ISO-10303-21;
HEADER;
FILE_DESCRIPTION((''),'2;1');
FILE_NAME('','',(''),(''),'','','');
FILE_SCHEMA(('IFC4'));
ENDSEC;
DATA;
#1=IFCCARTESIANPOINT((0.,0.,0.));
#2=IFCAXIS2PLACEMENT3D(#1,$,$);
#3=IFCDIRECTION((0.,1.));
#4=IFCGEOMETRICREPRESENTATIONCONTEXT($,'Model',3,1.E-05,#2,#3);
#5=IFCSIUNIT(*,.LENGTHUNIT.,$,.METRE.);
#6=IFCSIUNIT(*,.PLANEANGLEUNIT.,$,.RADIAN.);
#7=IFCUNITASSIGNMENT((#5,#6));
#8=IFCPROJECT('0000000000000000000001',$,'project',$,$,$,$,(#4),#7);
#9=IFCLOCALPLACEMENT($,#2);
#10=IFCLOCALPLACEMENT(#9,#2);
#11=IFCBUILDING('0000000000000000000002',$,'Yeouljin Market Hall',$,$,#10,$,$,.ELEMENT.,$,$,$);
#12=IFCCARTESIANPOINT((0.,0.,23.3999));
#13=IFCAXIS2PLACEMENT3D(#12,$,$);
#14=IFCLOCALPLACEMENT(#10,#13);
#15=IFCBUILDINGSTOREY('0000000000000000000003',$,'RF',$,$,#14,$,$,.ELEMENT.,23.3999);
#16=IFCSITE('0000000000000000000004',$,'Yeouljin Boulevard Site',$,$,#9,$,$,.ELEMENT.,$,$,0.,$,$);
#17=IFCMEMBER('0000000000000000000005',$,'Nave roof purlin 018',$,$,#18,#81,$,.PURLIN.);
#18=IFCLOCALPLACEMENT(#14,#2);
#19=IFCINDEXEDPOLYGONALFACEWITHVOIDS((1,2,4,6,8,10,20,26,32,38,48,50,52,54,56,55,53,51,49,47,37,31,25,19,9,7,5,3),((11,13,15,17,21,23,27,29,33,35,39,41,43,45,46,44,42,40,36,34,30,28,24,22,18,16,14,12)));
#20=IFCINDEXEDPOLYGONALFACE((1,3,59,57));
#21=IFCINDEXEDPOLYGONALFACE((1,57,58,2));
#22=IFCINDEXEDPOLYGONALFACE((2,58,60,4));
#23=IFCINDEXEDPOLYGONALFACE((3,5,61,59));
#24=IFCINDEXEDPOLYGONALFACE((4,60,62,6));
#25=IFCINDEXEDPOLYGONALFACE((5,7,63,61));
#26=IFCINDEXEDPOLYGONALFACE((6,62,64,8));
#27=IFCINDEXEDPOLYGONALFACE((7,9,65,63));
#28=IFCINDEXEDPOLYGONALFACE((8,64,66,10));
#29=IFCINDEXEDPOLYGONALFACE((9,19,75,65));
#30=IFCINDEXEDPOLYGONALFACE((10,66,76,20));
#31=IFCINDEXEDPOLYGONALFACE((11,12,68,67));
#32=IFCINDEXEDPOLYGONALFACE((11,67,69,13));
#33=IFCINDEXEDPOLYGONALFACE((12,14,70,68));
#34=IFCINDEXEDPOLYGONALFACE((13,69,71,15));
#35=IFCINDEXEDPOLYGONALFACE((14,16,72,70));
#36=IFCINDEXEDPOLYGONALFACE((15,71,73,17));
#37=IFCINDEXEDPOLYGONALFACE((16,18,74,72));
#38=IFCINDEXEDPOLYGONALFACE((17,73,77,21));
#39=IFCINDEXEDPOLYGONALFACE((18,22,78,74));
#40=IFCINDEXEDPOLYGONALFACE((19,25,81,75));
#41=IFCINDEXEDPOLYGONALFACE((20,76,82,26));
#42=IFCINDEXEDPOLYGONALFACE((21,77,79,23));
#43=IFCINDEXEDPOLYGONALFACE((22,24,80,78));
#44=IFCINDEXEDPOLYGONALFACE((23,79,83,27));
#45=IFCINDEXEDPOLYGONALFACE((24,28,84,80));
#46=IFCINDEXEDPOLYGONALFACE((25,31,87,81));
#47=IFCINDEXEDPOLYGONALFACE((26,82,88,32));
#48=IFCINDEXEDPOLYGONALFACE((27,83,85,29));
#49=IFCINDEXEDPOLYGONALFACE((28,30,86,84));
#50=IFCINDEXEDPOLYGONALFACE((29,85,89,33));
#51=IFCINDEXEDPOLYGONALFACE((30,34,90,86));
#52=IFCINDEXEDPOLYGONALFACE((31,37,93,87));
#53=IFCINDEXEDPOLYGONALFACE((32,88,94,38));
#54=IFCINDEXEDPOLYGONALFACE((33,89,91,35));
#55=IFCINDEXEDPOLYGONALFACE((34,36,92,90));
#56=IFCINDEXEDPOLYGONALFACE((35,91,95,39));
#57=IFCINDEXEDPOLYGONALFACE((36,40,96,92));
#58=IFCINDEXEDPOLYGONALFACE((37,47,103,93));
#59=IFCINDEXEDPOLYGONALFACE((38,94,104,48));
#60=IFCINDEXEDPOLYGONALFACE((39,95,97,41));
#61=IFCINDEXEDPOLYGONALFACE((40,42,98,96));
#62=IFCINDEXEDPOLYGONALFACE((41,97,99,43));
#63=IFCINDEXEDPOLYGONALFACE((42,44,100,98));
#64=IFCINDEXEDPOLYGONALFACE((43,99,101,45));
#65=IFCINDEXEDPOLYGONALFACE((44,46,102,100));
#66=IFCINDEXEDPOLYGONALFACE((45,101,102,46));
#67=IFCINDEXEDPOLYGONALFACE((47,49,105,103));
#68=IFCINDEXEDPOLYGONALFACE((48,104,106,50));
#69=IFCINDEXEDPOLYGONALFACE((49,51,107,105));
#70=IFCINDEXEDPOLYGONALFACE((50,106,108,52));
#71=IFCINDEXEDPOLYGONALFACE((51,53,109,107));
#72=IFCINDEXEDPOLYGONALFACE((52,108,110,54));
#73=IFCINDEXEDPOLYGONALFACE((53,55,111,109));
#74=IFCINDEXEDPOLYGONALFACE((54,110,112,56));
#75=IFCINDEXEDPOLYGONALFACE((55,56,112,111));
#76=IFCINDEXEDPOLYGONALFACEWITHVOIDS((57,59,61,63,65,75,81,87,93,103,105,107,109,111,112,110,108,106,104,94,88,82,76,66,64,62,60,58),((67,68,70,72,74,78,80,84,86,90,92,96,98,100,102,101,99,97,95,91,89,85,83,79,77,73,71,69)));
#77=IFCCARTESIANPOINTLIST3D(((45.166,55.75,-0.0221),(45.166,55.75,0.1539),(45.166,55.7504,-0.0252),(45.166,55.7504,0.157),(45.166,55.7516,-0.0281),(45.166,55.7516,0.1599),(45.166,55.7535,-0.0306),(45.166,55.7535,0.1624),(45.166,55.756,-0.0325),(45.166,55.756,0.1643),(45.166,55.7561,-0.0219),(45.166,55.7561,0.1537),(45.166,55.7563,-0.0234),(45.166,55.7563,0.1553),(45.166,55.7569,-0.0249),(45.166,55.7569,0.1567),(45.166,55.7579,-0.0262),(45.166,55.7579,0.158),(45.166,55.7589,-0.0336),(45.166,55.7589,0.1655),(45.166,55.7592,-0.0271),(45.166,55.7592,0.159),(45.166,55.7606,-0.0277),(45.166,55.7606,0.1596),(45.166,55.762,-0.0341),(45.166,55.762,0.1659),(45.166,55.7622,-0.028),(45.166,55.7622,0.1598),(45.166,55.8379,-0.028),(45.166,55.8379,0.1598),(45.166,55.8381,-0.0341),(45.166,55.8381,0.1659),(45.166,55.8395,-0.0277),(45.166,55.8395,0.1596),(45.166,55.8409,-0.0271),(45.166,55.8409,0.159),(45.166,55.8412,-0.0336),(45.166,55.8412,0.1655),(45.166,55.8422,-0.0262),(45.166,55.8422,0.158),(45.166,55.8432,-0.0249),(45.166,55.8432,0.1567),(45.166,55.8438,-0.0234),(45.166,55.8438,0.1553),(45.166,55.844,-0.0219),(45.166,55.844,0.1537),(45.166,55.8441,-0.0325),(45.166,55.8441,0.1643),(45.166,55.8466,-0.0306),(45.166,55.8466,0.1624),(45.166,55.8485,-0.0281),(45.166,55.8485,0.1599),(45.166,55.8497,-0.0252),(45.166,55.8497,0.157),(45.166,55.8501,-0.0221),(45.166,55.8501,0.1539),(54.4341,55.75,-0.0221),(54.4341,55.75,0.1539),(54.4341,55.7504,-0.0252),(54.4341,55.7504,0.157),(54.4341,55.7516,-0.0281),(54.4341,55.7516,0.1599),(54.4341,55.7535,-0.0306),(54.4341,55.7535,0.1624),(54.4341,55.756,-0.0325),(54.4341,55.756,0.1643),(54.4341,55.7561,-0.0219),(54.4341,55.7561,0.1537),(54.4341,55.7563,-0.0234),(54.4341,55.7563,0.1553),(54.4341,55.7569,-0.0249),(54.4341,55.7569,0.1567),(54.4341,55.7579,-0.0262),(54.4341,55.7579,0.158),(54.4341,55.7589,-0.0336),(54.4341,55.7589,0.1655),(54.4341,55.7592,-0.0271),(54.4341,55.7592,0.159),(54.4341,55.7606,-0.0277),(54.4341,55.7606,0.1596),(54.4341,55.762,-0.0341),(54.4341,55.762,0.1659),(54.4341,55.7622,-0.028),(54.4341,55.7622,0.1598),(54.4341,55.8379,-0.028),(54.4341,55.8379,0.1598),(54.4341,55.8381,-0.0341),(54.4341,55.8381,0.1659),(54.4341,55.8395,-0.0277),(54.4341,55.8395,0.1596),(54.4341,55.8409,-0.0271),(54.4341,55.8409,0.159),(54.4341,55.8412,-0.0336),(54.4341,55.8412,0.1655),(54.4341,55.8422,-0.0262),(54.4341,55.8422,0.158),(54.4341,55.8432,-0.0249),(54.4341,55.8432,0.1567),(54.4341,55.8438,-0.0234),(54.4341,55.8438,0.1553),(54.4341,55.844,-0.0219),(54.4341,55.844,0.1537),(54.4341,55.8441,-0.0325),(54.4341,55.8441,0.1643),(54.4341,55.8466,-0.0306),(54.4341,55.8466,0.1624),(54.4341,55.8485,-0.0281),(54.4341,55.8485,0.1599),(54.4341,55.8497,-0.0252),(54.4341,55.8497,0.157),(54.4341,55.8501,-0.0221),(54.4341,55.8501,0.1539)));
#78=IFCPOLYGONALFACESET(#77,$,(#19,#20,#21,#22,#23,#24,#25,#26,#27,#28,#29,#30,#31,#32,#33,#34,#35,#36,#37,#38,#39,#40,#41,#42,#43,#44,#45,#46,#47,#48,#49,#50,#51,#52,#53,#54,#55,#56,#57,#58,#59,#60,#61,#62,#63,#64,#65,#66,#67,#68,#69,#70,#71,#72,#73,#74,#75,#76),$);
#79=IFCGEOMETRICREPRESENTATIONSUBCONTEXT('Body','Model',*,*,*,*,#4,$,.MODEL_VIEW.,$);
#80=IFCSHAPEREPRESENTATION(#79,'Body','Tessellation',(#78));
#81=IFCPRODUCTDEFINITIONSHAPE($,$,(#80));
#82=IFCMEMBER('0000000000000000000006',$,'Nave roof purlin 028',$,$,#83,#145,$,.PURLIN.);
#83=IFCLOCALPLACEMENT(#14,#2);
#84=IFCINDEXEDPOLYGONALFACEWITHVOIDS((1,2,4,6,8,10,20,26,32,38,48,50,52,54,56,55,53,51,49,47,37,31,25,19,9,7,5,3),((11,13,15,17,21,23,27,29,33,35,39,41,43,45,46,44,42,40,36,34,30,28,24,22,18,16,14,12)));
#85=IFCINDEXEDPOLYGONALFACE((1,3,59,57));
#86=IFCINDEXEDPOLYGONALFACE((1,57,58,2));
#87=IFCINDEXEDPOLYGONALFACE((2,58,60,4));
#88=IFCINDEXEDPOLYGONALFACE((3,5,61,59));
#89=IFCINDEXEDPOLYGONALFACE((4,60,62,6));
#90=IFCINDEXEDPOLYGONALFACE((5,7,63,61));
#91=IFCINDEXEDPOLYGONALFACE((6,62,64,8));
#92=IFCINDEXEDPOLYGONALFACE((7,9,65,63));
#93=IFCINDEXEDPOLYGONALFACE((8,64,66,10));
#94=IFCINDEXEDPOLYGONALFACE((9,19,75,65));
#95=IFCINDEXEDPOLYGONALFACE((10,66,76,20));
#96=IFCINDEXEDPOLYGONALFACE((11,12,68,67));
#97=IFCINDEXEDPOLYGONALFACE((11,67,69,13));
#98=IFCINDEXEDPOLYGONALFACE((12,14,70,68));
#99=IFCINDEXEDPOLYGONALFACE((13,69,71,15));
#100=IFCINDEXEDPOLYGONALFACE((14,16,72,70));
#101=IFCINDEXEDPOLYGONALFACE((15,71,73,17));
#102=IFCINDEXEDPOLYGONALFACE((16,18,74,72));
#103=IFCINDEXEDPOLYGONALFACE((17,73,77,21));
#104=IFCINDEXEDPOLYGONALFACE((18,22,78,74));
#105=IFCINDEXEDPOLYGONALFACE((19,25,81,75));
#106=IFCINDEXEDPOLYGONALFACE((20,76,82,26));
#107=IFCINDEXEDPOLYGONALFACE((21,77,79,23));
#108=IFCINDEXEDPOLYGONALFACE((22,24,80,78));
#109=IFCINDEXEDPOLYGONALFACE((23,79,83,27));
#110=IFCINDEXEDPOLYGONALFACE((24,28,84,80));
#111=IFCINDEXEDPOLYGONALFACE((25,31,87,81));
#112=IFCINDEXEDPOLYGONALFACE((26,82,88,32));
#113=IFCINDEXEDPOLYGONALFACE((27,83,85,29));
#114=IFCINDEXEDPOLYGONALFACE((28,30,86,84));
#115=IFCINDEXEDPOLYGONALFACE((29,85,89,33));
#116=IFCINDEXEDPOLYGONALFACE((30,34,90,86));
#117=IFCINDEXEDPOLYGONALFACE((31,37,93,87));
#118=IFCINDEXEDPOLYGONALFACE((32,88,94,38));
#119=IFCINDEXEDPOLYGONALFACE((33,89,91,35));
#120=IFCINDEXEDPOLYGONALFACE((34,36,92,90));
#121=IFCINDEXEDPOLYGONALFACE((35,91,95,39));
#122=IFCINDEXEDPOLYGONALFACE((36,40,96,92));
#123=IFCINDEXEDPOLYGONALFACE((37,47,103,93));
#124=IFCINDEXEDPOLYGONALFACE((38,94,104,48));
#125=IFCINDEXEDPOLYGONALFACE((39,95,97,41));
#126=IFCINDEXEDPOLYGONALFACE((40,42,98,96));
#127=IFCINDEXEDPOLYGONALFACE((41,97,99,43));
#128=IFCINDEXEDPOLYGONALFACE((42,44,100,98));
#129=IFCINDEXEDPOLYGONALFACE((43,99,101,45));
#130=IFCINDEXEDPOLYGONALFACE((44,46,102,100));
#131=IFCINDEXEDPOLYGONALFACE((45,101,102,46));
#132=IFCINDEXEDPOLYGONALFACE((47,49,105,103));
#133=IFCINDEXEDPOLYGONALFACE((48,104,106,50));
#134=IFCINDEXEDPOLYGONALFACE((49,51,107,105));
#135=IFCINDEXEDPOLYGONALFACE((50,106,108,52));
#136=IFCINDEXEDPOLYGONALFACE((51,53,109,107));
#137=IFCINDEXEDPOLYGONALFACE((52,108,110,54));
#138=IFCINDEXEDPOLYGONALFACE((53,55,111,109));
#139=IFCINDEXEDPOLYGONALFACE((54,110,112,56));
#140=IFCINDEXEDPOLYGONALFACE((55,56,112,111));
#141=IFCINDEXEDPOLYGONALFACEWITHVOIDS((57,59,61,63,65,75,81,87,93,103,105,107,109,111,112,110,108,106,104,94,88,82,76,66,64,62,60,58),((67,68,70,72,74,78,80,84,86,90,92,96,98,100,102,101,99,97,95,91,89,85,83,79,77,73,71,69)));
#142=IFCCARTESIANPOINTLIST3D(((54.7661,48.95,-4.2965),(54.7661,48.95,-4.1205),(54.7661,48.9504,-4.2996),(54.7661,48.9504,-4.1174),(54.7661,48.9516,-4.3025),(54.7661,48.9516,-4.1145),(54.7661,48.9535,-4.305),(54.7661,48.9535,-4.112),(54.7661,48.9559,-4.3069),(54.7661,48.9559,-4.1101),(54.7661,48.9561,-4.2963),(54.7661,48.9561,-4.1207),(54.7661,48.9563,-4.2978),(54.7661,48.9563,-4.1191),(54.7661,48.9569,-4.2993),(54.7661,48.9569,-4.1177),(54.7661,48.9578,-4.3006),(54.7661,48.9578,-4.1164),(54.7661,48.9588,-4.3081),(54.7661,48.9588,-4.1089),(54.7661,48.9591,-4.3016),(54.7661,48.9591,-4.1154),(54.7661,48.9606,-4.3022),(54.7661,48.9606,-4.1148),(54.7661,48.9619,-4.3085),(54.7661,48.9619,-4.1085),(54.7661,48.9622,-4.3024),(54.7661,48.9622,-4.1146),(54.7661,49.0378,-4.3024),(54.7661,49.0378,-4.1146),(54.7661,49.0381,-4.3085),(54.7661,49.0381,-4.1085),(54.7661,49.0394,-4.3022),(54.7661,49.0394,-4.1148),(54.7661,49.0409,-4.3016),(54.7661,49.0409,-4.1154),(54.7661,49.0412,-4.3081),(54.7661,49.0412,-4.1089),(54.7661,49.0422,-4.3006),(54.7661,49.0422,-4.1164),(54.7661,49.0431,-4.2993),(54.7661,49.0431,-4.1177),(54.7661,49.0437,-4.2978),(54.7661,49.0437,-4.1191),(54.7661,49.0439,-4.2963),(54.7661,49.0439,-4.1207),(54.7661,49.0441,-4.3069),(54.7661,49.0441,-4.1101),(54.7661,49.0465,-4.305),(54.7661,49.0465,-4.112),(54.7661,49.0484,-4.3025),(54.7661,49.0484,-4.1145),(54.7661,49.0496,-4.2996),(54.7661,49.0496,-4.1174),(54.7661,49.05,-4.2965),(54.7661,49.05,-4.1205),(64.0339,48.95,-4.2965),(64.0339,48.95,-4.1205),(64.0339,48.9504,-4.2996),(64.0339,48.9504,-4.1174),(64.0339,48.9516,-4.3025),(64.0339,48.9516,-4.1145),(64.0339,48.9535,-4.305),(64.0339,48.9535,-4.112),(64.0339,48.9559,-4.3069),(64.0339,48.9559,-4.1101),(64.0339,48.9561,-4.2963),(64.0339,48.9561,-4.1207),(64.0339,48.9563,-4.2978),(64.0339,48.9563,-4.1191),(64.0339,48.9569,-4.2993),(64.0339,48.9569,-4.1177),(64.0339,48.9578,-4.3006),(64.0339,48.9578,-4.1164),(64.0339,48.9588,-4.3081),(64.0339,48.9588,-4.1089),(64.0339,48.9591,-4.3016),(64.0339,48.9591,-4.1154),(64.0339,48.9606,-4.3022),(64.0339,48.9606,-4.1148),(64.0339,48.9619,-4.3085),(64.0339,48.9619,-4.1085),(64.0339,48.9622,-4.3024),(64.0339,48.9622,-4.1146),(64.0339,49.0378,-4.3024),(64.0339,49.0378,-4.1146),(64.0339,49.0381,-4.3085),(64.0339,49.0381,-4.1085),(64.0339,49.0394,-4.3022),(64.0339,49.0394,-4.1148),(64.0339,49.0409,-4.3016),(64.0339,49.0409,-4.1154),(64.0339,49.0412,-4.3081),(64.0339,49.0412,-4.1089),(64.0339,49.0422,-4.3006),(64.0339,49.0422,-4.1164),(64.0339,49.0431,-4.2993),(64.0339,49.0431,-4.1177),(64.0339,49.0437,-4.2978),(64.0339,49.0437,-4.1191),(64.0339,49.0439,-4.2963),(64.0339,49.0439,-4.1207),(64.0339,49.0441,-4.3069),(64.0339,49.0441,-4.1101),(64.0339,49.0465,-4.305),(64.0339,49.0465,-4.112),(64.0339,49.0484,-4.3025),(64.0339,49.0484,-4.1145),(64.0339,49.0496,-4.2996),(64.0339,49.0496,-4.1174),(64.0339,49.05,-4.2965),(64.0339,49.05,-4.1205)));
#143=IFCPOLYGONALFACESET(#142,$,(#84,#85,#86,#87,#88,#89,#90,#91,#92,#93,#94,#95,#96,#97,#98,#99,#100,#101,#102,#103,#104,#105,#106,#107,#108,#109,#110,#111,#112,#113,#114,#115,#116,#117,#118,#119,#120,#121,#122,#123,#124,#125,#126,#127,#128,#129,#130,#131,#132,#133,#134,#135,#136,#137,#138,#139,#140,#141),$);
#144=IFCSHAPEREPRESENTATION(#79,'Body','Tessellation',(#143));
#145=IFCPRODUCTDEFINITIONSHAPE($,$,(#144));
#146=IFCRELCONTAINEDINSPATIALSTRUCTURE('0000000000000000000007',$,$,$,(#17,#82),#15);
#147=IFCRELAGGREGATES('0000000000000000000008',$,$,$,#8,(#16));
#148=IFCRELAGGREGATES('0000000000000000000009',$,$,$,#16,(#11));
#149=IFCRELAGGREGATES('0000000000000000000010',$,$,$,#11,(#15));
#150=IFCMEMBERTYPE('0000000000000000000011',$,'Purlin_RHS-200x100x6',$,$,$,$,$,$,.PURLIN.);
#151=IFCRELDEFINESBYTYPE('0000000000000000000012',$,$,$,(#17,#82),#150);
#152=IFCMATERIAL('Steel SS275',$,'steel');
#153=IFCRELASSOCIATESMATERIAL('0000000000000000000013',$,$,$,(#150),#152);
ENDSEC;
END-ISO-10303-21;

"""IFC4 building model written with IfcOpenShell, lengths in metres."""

from ifc_helpers import new_model, si_unit, direction, frame, origin, origin_2d, place, context, subcontext, project, spatial, hollow_rectangle, extrude, material, material_profile, profile_set, type_object, element, save


model = new_model("IFC4")

# Units and contexts
model_context = context("Model", 3, precision=1e-05, world=origin(), true_north=direction((0.0, 1.0)))
body_context = subcontext(model_context, "Body", "Model", "MODEL_VIEW")
ifc_project = project(units=[si_unit("LENGTHUNIT", "METRE"), si_unit("PLANEANGLEUNIT", "RADIAN")], contexts=[model_context])

# Site, building, storey
site_placement = place(None, origin())
site = spatial("IfcSite", under=ifc_project, at=site_placement, Name="Yeouljin Boulevard Site", CompositionType="ELEMENT", RefElevation=0.0)
building_placement = place(site_placement, origin())
building = spatial("IfcBuilding", under=site, at=building_placement, Name="Yeouljin Market Hall", CompositionType="ELEMENT")
storey_placement = place(building_placement, frame((0.0, 0.0, 23.3999)))
storey = spatial("IfcBuildingStorey", under=building, at=storey_placement, Name="RF", CompositionType="ELEMENT", Elevation=23.3999)

# Members
ifc_material_1 = material(Name="Steel SS275", Category="steel")
ifc_material_profile_1 = material_profile(ifc_material_1, hollow_rectangle(XDim=0.1001, YDim=0.2, WallThickness=0.0061, InnerFilletRadius=0.0061, OuterFilletRadius=0.012, at=origin_2d()), Name="RHS-200x100x6")
ifc_profile_set_1 = profile_set([ifc_material_profile_1], Name="Steel SS275")
member_type_1 = type_object("IfcMemberType", Name="Purlin_RHS-200x100x6", PredefinedType="PURLIN", material=ifc_profile_set_1)
for number, where, z_axis, x_axis, name in (
    (1, (45.166, 55.8, 0.0659), (1.0, 0.0, 0.0), (0.0, 1.0, 0.0), "Nave roof purlin 018"),
):
    element("IfcMember", number, at=place(storey_placement, frame(where, z_axis=z_axis, x_axis=x_axis)), inside=storey, type_object=member_type_1, Name=name, PredefinedType="PURLIN", context=body_context, shape_type="SweptSolid", body=[
        extrude(hollow_rectangle(XDim=0.1001, YDim=0.2, WallThickness=0.0061, InnerFilletRadius=0.0061, OuterFilletRadius=0.012, at=origin_2d()), origin(), (0.0, 0.0, 1.0), 9.2681),
    ])
for number, where, z_axis, x_axis, name in (
    (2, (54.7661, 49.0, -4.2085), (1.0, 0.0, 0.0), (0.0, 1.0, 0.0), "Nave roof purlin 028"),
):
    element("IfcMember", number, at=place(storey_placement, frame(where, z_axis=z_axis, x_axis=x_axis)), inside=storey, type_object=member_type_1, Name=name, PredefinedType="PURLIN", context=body_context, shape_type="SweptSolid", body=[
        extrude(hollow_rectangle(XDim=0.1001, YDim=0.2, WallThickness=0.0061, InnerFilletRadius=0.0061, OuterFilletRadius=0.012, at=origin_2d()), origin(), (0.0, 0.0, 1.0), 9.2678),
    ])

save(model, "model.ifc")
